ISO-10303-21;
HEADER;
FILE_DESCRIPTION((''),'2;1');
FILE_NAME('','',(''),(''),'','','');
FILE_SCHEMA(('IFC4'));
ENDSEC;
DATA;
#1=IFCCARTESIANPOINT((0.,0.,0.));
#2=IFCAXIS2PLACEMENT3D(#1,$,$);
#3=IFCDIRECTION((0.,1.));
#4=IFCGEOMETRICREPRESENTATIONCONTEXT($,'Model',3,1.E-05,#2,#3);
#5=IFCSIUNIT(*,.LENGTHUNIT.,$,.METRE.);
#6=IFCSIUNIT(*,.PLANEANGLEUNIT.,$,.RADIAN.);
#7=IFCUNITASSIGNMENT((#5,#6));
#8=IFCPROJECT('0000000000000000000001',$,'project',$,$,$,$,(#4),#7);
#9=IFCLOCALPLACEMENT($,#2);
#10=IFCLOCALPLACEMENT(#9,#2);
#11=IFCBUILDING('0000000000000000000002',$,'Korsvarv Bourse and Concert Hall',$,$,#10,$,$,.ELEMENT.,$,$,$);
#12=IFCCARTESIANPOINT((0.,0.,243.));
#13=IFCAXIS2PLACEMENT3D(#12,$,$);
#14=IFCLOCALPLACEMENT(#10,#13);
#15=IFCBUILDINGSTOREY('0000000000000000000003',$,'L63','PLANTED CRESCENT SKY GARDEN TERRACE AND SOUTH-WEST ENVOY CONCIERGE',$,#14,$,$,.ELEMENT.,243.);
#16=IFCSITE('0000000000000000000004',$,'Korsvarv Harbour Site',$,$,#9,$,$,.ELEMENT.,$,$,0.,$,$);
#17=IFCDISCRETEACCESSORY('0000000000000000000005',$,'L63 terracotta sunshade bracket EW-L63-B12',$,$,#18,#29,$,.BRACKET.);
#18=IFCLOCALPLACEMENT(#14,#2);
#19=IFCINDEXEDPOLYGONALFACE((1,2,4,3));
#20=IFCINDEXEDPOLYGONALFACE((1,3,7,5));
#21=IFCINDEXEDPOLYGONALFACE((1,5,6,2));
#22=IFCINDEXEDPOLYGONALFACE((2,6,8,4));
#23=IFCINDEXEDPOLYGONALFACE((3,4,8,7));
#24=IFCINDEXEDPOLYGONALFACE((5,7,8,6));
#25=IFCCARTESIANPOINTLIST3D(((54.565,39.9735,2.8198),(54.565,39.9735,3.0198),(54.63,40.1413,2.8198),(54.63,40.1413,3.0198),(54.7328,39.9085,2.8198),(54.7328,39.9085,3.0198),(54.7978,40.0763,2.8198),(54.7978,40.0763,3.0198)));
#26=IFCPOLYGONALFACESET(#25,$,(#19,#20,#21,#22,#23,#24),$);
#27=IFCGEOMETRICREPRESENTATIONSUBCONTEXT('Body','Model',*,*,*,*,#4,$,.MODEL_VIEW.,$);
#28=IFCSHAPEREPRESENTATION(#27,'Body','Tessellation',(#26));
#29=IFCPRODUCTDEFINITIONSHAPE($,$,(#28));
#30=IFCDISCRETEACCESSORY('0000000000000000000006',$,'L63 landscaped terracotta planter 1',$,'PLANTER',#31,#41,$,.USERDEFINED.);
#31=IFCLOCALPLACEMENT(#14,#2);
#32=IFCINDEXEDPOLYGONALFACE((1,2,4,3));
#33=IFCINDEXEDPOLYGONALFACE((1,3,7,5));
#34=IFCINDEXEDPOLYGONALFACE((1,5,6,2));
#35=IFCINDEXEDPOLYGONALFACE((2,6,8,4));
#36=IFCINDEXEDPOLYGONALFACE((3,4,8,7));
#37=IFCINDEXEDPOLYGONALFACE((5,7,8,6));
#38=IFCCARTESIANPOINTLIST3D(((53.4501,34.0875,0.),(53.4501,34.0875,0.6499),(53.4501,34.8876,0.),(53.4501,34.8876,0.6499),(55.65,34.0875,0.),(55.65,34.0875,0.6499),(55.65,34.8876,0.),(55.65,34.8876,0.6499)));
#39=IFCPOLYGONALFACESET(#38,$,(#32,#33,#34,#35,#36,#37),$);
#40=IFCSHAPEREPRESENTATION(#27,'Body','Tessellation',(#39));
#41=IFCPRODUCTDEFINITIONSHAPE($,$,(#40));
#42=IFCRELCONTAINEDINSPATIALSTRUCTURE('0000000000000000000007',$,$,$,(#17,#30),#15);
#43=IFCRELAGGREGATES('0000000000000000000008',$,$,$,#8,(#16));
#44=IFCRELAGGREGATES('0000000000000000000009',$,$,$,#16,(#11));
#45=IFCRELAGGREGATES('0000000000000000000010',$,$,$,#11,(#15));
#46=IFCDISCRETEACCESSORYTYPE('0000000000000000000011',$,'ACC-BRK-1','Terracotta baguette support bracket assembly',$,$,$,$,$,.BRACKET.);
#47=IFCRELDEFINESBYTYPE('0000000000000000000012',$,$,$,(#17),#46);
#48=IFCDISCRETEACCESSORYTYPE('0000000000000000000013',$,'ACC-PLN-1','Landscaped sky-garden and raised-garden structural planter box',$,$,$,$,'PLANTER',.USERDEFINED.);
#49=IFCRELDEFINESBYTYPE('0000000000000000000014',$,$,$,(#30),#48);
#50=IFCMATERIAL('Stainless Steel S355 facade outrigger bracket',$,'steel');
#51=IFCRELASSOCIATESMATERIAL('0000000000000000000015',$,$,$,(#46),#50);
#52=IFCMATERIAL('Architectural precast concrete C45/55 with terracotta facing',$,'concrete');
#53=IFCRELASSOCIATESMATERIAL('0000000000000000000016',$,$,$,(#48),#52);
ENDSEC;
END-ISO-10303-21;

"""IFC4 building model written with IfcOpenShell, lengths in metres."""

from ifc_helpers import new_model, si_unit, direction, frame, origin, origin_2d, place, context, subcontext, project, spatial, rectangle, extrude, source, transform, mapped, material, type_object, element, save


model = new_model("IFC4")

# Units and contexts
model_context = context("Model", 3, precision=1e-05, world=origin(), true_north=direction((0.0, 1.0)))
body_context = subcontext(model_context, "Body", "Model", "MODEL_VIEW")
ifc_project = project(units=[si_unit("LENGTHUNIT", "METRE"), si_unit("PLANEANGLEUNIT", "RADIAN")], contexts=[model_context])

# Site, building, storey
site_placement = place(None, origin())
site = spatial("IfcSite", under=ifc_project, at=site_placement, Name="Korsvarv Harbour Site", CompositionType="ELEMENT", RefElevation=0.0)
building_placement = place(site_placement, origin())
building = spatial("IfcBuilding", under=site, at=building_placement, Name="Korsvarv Bourse and Concert Hall", CompositionType="ELEMENT")
storey_placement = place(building_placement, frame((0.0, 0.0, 243.0)))
storey = spatial("IfcBuildingStorey", under=building, at=storey_placement, Name="L63", Description="PLANTED CRESCENT SKY GARDEN TERRACE AND SOUTH-WEST ENVOY CONCIERGE", CompositionType="ELEMENT", Elevation=243.0)

# Discrete accessories
ifc_material_1 = material(Name="Stainless Steel S355 facade outrigger bracket", Category="steel")
discrete_accessory_type_1 = type_object("IfcDiscreteAccessoryType", Name="ACC-BRK-1", Description="Terracotta baguette support bracket assembly", PredefinedType="BRACKET", material=ifc_material_1)
shared_shape_1 = source(origin(), body_context, "Body", "SweptSolid", [
    extrude(rectangle(XDim=0.1799, YDim=0.1799, at=origin_2d()), origin(), (0.0, 0.0, 1.0), 0.2),
])
for number, where, z_axis, x_axis, name in (
    (1, (54.6814, 40.0249, 2.8198), (0.0, 0.0, 1.0), (0.361299, 0.93245, 0.0), "L63 terracotta sunshade bracket EW-L63-B12"),
):
    element("IfcDiscreteAccessory", number, at=place(storey_placement, frame(where, z_axis=z_axis, x_axis=x_axis)), inside=storey, type_object=discrete_accessory_type_1, Name=name, PredefinedType="BRACKET", context=body_context, shape_type="MappedRepresentation", body=[
        mapped(shared_shape_1, transform((0.0, 0.0, 0.0), scale=1.0)),
    ])
ifc_material_2 = material(Name="Architectural precast concrete C45/55 with terracotta facing", Category="concrete")
discrete_accessory_type_2 = type_object("IfcDiscreteAccessoryType", Name="ACC-PLN-1", Description="Landscaped sky-garden and raised-garden structural planter box", ElementType="PLANTER", PredefinedType="USERDEFINED", material=ifc_material_2)
shared_shape_2 = source(origin(), body_context, "Body", "SweptSolid", [
    extrude(rectangle(XDim=2.2, YDim=0.8, at=origin_2d()), origin(), (0.0, 0.0, 1.0), 0.6499),
])
discrete_accessory_placement = place(storey_placement, frame((54.55, 34.4875, 0.0), z_axis=(0.0, 0.0, 1.0), x_axis=(1.0, 0.0, 0.0)))
element("IfcDiscreteAccessory", 2, at=discrete_accessory_placement, inside=storey, type_object=discrete_accessory_type_2, Name="L63 landscaped terracotta planter 1", ObjectType="PLANTER", PredefinedType="USERDEFINED", context=body_context, shape_type="MappedRepresentation", body=[
    mapped(shared_shape_2, transform((0.0, 0.0, 0.0), scale=1.0)),
])

save(model, "model.ifc")
